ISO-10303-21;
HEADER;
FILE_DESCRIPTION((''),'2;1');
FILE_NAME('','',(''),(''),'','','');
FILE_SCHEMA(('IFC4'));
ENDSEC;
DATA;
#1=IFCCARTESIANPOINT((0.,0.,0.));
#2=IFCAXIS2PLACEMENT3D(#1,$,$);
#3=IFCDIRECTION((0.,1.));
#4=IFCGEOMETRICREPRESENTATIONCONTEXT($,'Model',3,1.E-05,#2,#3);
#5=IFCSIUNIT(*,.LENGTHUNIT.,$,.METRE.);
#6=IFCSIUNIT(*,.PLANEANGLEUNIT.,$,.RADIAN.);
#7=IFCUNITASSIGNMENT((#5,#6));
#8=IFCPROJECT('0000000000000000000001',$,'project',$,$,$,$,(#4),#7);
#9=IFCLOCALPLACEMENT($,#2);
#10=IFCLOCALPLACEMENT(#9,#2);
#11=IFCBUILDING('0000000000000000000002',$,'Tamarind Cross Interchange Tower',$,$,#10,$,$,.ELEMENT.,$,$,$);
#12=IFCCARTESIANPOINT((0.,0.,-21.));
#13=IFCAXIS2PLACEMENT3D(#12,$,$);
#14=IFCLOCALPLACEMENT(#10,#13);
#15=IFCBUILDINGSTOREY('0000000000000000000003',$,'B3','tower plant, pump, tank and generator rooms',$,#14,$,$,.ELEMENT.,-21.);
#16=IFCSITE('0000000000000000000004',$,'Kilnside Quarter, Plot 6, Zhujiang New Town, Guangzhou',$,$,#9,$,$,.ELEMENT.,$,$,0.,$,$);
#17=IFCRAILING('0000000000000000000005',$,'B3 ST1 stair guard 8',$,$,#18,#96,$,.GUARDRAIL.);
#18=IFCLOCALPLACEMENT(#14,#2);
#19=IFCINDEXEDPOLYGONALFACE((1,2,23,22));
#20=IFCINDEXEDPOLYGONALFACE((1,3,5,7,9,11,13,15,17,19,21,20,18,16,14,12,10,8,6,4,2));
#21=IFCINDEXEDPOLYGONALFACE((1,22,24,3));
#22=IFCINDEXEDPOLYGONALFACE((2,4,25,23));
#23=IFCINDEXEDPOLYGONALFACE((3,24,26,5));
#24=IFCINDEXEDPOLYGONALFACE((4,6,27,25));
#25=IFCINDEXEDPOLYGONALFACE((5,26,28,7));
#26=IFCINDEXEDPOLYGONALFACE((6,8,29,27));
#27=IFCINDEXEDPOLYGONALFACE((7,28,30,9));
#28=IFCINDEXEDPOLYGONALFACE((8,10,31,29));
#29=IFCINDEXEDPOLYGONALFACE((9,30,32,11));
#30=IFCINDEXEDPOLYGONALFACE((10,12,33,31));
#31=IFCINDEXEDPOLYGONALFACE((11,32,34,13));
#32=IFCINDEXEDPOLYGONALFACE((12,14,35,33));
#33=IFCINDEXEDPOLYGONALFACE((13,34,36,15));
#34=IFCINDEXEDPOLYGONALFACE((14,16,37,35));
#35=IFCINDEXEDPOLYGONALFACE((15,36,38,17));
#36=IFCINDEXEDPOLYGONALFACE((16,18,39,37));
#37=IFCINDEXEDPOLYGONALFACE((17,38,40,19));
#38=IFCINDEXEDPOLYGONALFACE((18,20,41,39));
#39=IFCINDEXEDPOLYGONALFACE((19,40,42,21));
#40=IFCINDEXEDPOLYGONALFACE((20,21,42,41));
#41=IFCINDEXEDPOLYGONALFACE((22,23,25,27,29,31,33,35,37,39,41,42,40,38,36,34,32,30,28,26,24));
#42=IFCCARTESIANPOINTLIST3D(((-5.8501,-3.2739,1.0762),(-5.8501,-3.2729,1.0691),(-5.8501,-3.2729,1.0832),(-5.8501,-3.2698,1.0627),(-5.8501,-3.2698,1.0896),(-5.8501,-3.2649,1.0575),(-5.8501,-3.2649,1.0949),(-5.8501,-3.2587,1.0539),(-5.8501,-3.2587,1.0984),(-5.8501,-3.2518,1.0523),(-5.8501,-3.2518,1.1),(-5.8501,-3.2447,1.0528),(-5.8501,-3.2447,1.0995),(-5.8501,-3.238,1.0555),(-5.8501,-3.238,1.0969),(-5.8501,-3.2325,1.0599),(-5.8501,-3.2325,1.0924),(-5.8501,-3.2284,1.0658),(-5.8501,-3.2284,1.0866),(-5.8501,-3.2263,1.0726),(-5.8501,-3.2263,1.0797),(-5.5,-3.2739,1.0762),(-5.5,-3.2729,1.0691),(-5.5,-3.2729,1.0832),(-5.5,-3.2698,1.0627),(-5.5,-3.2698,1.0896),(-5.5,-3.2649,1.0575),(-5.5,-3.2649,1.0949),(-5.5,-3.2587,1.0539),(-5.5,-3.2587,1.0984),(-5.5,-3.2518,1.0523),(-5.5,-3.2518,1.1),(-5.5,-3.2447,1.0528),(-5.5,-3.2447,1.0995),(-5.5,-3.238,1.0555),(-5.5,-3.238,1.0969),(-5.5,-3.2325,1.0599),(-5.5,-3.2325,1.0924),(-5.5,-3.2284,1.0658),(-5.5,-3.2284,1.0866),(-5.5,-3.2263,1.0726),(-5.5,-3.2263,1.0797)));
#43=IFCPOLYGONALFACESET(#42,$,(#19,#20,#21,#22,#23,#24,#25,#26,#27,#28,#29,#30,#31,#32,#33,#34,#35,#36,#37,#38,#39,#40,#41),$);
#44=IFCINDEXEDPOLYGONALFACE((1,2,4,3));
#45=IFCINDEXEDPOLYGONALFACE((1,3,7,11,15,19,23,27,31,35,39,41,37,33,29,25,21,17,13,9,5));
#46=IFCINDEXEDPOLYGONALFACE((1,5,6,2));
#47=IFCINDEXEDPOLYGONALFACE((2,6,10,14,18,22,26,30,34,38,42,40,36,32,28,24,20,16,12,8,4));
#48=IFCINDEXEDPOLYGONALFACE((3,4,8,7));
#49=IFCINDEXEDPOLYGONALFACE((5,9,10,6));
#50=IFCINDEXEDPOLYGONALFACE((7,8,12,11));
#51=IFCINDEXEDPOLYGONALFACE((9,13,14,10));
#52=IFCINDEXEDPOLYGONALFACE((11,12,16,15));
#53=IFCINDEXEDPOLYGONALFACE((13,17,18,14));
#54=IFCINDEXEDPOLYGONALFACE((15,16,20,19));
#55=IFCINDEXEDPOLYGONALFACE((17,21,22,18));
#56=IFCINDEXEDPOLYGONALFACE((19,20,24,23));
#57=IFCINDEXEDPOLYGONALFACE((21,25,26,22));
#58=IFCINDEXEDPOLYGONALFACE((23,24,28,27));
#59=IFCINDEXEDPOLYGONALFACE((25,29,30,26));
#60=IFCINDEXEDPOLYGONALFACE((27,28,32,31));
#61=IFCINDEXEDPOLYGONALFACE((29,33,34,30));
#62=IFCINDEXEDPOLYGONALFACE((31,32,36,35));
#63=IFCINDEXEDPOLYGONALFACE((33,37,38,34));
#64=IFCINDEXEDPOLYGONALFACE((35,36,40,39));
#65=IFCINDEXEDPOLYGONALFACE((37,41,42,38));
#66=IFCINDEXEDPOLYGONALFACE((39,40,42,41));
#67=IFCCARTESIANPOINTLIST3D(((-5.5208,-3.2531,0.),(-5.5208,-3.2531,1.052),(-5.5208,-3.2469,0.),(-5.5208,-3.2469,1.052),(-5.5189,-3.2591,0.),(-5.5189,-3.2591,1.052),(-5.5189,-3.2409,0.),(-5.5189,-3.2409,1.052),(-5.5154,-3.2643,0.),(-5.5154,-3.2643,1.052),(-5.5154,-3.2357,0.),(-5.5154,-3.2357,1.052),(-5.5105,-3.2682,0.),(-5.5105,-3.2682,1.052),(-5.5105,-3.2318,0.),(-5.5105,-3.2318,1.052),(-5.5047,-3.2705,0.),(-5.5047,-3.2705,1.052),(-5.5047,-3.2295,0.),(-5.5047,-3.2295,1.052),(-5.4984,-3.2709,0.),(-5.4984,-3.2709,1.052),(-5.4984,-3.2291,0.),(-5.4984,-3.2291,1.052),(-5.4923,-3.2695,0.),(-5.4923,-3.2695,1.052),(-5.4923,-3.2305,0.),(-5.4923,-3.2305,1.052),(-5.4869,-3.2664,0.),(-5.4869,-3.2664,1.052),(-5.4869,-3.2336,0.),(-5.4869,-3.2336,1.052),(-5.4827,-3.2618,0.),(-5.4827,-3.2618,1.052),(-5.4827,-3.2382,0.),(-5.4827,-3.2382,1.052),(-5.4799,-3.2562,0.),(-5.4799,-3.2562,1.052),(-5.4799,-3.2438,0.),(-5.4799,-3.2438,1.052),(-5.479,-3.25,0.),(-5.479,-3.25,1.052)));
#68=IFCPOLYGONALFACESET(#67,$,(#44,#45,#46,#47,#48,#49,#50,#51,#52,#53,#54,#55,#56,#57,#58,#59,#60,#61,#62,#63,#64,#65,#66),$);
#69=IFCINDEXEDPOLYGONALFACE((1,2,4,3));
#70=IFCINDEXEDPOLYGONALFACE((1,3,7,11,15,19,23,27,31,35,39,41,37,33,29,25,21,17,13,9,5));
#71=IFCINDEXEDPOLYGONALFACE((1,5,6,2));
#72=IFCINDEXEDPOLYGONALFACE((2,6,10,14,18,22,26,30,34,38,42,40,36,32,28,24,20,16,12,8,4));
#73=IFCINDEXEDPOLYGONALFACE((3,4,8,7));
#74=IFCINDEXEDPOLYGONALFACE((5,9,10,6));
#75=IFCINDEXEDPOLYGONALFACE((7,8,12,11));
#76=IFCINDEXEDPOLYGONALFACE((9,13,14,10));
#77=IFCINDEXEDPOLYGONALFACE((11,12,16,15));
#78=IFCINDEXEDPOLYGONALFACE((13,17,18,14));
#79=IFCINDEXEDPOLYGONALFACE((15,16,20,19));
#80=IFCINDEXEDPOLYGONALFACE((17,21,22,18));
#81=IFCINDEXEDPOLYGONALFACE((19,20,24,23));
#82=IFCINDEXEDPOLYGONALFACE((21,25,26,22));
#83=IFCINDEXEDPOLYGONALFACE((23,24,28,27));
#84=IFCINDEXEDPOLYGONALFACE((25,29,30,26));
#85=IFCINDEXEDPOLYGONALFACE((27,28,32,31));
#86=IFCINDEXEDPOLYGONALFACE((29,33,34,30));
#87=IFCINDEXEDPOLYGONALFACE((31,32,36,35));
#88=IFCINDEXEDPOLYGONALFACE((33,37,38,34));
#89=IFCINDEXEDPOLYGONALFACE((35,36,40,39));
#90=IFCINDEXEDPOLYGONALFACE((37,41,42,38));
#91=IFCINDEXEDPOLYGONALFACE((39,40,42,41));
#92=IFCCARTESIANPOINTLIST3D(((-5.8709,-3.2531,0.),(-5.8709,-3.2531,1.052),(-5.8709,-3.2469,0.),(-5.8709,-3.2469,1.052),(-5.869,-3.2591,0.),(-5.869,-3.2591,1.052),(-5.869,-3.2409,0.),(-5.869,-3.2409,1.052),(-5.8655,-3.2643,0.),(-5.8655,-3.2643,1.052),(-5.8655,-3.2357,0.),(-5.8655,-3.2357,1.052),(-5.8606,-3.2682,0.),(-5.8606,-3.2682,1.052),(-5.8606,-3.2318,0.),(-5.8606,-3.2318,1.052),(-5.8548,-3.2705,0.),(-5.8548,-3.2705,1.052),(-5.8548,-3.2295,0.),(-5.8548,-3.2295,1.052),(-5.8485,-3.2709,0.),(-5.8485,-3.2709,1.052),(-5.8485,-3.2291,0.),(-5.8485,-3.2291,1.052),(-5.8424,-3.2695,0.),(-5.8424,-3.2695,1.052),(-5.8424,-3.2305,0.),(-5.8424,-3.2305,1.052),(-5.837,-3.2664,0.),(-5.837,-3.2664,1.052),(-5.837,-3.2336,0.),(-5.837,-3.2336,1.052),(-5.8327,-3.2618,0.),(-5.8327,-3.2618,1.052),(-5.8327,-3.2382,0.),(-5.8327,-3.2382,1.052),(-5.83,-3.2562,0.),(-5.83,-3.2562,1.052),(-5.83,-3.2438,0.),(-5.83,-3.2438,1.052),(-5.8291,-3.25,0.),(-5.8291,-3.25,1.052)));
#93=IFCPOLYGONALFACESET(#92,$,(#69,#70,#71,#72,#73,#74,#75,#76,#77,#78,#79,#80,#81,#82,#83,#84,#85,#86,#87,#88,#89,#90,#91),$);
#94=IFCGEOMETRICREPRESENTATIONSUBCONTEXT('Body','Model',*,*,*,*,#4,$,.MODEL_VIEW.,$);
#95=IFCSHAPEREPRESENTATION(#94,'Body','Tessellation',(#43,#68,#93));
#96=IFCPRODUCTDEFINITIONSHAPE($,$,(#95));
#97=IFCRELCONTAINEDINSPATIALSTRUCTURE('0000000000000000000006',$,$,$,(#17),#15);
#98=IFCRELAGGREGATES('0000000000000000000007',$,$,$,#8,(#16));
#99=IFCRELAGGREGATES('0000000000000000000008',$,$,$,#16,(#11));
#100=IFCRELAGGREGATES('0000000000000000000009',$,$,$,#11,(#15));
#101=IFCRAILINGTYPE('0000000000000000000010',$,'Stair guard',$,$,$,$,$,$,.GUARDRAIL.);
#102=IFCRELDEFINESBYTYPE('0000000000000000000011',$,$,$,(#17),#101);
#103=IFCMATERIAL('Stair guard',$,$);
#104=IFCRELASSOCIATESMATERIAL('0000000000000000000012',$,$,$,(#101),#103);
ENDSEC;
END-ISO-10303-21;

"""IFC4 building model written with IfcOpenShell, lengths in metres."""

from ifc_helpers import new_model, si_unit, direction, frame, origin, origin_2d, place, context, subcontext, project, spatial, circle, extrude, material, type_object, element, save


model = new_model("IFC4")

# Units and contexts
model_context = context("Model", 3, precision=1e-05, world=origin(), true_north=direction((0.0, 1.0)))
body_context = subcontext(model_context, "Body", "Model", "MODEL_VIEW")
ifc_project = project(units=[si_unit("LENGTHUNIT", "METRE"), si_unit("PLANEANGLEUNIT", "RADIAN")], contexts=[model_context])

# Site, building, storey
site_placement = place(None, origin())
site = spatial("IfcSite", under=ifc_project, at=site_placement, Name="Kilnside Quarter, Plot 6, Zhujiang New Town, Guangzhou", CompositionType="ELEMENT", RefElevation=0.0)
building_placement = place(site_placement, origin())
building = spatial("IfcBuilding", under=site, at=building_placement, Name="Tamarind Cross Interchange Tower", CompositionType="ELEMENT")
storey_placement = place(building_placement, frame((0.0, 0.0, -21.0)))
storey = spatial("IfcBuildingStorey", under=building, at=storey_placement, Name="B3", Description="tower plant, pump, tank and generator rooms", CompositionType="ELEMENT", Elevation=-21.0)

# Railing
ifc_material_1 = material(Name="Stair guard")
railing_type_1 = type_object("IfcRailingType", Name="Stair guard", PredefinedType="GUARDRAIL", material=ifc_material_1)
railing_1_placement = place(storey_placement, frame((-5.5, -3.25, 0.0)))
element("IfcRailing", 1, at=railing_1_placement, inside=storey, type_object=railing_type_1, Name="B3 ST1 stair guard 8", PredefinedType="GUARDRAIL", context=body_context, shape_type="SweptSolid", body=[
    extrude(circle(Radius=0.0239, at=origin_2d()), frame((0.0, 0.0, 1.0762), z_axis=(-1.0, 0.0, 0.0), x_axis=(0.0, -1.0, 0.0)), (0.0, 0.0, 1.0), 0.3501),
    extrude(circle(Radius=0.021, at=origin_2d()), origin(), (0.0, 0.0, 1.0), 1.052),
    extrude(circle(Radius=0.021, at=origin_2d()), frame((-0.3501, 0.0, 0.0)), (0.0, 0.0, 1.0), 1.052),
])

save(model, "model.ifc")
